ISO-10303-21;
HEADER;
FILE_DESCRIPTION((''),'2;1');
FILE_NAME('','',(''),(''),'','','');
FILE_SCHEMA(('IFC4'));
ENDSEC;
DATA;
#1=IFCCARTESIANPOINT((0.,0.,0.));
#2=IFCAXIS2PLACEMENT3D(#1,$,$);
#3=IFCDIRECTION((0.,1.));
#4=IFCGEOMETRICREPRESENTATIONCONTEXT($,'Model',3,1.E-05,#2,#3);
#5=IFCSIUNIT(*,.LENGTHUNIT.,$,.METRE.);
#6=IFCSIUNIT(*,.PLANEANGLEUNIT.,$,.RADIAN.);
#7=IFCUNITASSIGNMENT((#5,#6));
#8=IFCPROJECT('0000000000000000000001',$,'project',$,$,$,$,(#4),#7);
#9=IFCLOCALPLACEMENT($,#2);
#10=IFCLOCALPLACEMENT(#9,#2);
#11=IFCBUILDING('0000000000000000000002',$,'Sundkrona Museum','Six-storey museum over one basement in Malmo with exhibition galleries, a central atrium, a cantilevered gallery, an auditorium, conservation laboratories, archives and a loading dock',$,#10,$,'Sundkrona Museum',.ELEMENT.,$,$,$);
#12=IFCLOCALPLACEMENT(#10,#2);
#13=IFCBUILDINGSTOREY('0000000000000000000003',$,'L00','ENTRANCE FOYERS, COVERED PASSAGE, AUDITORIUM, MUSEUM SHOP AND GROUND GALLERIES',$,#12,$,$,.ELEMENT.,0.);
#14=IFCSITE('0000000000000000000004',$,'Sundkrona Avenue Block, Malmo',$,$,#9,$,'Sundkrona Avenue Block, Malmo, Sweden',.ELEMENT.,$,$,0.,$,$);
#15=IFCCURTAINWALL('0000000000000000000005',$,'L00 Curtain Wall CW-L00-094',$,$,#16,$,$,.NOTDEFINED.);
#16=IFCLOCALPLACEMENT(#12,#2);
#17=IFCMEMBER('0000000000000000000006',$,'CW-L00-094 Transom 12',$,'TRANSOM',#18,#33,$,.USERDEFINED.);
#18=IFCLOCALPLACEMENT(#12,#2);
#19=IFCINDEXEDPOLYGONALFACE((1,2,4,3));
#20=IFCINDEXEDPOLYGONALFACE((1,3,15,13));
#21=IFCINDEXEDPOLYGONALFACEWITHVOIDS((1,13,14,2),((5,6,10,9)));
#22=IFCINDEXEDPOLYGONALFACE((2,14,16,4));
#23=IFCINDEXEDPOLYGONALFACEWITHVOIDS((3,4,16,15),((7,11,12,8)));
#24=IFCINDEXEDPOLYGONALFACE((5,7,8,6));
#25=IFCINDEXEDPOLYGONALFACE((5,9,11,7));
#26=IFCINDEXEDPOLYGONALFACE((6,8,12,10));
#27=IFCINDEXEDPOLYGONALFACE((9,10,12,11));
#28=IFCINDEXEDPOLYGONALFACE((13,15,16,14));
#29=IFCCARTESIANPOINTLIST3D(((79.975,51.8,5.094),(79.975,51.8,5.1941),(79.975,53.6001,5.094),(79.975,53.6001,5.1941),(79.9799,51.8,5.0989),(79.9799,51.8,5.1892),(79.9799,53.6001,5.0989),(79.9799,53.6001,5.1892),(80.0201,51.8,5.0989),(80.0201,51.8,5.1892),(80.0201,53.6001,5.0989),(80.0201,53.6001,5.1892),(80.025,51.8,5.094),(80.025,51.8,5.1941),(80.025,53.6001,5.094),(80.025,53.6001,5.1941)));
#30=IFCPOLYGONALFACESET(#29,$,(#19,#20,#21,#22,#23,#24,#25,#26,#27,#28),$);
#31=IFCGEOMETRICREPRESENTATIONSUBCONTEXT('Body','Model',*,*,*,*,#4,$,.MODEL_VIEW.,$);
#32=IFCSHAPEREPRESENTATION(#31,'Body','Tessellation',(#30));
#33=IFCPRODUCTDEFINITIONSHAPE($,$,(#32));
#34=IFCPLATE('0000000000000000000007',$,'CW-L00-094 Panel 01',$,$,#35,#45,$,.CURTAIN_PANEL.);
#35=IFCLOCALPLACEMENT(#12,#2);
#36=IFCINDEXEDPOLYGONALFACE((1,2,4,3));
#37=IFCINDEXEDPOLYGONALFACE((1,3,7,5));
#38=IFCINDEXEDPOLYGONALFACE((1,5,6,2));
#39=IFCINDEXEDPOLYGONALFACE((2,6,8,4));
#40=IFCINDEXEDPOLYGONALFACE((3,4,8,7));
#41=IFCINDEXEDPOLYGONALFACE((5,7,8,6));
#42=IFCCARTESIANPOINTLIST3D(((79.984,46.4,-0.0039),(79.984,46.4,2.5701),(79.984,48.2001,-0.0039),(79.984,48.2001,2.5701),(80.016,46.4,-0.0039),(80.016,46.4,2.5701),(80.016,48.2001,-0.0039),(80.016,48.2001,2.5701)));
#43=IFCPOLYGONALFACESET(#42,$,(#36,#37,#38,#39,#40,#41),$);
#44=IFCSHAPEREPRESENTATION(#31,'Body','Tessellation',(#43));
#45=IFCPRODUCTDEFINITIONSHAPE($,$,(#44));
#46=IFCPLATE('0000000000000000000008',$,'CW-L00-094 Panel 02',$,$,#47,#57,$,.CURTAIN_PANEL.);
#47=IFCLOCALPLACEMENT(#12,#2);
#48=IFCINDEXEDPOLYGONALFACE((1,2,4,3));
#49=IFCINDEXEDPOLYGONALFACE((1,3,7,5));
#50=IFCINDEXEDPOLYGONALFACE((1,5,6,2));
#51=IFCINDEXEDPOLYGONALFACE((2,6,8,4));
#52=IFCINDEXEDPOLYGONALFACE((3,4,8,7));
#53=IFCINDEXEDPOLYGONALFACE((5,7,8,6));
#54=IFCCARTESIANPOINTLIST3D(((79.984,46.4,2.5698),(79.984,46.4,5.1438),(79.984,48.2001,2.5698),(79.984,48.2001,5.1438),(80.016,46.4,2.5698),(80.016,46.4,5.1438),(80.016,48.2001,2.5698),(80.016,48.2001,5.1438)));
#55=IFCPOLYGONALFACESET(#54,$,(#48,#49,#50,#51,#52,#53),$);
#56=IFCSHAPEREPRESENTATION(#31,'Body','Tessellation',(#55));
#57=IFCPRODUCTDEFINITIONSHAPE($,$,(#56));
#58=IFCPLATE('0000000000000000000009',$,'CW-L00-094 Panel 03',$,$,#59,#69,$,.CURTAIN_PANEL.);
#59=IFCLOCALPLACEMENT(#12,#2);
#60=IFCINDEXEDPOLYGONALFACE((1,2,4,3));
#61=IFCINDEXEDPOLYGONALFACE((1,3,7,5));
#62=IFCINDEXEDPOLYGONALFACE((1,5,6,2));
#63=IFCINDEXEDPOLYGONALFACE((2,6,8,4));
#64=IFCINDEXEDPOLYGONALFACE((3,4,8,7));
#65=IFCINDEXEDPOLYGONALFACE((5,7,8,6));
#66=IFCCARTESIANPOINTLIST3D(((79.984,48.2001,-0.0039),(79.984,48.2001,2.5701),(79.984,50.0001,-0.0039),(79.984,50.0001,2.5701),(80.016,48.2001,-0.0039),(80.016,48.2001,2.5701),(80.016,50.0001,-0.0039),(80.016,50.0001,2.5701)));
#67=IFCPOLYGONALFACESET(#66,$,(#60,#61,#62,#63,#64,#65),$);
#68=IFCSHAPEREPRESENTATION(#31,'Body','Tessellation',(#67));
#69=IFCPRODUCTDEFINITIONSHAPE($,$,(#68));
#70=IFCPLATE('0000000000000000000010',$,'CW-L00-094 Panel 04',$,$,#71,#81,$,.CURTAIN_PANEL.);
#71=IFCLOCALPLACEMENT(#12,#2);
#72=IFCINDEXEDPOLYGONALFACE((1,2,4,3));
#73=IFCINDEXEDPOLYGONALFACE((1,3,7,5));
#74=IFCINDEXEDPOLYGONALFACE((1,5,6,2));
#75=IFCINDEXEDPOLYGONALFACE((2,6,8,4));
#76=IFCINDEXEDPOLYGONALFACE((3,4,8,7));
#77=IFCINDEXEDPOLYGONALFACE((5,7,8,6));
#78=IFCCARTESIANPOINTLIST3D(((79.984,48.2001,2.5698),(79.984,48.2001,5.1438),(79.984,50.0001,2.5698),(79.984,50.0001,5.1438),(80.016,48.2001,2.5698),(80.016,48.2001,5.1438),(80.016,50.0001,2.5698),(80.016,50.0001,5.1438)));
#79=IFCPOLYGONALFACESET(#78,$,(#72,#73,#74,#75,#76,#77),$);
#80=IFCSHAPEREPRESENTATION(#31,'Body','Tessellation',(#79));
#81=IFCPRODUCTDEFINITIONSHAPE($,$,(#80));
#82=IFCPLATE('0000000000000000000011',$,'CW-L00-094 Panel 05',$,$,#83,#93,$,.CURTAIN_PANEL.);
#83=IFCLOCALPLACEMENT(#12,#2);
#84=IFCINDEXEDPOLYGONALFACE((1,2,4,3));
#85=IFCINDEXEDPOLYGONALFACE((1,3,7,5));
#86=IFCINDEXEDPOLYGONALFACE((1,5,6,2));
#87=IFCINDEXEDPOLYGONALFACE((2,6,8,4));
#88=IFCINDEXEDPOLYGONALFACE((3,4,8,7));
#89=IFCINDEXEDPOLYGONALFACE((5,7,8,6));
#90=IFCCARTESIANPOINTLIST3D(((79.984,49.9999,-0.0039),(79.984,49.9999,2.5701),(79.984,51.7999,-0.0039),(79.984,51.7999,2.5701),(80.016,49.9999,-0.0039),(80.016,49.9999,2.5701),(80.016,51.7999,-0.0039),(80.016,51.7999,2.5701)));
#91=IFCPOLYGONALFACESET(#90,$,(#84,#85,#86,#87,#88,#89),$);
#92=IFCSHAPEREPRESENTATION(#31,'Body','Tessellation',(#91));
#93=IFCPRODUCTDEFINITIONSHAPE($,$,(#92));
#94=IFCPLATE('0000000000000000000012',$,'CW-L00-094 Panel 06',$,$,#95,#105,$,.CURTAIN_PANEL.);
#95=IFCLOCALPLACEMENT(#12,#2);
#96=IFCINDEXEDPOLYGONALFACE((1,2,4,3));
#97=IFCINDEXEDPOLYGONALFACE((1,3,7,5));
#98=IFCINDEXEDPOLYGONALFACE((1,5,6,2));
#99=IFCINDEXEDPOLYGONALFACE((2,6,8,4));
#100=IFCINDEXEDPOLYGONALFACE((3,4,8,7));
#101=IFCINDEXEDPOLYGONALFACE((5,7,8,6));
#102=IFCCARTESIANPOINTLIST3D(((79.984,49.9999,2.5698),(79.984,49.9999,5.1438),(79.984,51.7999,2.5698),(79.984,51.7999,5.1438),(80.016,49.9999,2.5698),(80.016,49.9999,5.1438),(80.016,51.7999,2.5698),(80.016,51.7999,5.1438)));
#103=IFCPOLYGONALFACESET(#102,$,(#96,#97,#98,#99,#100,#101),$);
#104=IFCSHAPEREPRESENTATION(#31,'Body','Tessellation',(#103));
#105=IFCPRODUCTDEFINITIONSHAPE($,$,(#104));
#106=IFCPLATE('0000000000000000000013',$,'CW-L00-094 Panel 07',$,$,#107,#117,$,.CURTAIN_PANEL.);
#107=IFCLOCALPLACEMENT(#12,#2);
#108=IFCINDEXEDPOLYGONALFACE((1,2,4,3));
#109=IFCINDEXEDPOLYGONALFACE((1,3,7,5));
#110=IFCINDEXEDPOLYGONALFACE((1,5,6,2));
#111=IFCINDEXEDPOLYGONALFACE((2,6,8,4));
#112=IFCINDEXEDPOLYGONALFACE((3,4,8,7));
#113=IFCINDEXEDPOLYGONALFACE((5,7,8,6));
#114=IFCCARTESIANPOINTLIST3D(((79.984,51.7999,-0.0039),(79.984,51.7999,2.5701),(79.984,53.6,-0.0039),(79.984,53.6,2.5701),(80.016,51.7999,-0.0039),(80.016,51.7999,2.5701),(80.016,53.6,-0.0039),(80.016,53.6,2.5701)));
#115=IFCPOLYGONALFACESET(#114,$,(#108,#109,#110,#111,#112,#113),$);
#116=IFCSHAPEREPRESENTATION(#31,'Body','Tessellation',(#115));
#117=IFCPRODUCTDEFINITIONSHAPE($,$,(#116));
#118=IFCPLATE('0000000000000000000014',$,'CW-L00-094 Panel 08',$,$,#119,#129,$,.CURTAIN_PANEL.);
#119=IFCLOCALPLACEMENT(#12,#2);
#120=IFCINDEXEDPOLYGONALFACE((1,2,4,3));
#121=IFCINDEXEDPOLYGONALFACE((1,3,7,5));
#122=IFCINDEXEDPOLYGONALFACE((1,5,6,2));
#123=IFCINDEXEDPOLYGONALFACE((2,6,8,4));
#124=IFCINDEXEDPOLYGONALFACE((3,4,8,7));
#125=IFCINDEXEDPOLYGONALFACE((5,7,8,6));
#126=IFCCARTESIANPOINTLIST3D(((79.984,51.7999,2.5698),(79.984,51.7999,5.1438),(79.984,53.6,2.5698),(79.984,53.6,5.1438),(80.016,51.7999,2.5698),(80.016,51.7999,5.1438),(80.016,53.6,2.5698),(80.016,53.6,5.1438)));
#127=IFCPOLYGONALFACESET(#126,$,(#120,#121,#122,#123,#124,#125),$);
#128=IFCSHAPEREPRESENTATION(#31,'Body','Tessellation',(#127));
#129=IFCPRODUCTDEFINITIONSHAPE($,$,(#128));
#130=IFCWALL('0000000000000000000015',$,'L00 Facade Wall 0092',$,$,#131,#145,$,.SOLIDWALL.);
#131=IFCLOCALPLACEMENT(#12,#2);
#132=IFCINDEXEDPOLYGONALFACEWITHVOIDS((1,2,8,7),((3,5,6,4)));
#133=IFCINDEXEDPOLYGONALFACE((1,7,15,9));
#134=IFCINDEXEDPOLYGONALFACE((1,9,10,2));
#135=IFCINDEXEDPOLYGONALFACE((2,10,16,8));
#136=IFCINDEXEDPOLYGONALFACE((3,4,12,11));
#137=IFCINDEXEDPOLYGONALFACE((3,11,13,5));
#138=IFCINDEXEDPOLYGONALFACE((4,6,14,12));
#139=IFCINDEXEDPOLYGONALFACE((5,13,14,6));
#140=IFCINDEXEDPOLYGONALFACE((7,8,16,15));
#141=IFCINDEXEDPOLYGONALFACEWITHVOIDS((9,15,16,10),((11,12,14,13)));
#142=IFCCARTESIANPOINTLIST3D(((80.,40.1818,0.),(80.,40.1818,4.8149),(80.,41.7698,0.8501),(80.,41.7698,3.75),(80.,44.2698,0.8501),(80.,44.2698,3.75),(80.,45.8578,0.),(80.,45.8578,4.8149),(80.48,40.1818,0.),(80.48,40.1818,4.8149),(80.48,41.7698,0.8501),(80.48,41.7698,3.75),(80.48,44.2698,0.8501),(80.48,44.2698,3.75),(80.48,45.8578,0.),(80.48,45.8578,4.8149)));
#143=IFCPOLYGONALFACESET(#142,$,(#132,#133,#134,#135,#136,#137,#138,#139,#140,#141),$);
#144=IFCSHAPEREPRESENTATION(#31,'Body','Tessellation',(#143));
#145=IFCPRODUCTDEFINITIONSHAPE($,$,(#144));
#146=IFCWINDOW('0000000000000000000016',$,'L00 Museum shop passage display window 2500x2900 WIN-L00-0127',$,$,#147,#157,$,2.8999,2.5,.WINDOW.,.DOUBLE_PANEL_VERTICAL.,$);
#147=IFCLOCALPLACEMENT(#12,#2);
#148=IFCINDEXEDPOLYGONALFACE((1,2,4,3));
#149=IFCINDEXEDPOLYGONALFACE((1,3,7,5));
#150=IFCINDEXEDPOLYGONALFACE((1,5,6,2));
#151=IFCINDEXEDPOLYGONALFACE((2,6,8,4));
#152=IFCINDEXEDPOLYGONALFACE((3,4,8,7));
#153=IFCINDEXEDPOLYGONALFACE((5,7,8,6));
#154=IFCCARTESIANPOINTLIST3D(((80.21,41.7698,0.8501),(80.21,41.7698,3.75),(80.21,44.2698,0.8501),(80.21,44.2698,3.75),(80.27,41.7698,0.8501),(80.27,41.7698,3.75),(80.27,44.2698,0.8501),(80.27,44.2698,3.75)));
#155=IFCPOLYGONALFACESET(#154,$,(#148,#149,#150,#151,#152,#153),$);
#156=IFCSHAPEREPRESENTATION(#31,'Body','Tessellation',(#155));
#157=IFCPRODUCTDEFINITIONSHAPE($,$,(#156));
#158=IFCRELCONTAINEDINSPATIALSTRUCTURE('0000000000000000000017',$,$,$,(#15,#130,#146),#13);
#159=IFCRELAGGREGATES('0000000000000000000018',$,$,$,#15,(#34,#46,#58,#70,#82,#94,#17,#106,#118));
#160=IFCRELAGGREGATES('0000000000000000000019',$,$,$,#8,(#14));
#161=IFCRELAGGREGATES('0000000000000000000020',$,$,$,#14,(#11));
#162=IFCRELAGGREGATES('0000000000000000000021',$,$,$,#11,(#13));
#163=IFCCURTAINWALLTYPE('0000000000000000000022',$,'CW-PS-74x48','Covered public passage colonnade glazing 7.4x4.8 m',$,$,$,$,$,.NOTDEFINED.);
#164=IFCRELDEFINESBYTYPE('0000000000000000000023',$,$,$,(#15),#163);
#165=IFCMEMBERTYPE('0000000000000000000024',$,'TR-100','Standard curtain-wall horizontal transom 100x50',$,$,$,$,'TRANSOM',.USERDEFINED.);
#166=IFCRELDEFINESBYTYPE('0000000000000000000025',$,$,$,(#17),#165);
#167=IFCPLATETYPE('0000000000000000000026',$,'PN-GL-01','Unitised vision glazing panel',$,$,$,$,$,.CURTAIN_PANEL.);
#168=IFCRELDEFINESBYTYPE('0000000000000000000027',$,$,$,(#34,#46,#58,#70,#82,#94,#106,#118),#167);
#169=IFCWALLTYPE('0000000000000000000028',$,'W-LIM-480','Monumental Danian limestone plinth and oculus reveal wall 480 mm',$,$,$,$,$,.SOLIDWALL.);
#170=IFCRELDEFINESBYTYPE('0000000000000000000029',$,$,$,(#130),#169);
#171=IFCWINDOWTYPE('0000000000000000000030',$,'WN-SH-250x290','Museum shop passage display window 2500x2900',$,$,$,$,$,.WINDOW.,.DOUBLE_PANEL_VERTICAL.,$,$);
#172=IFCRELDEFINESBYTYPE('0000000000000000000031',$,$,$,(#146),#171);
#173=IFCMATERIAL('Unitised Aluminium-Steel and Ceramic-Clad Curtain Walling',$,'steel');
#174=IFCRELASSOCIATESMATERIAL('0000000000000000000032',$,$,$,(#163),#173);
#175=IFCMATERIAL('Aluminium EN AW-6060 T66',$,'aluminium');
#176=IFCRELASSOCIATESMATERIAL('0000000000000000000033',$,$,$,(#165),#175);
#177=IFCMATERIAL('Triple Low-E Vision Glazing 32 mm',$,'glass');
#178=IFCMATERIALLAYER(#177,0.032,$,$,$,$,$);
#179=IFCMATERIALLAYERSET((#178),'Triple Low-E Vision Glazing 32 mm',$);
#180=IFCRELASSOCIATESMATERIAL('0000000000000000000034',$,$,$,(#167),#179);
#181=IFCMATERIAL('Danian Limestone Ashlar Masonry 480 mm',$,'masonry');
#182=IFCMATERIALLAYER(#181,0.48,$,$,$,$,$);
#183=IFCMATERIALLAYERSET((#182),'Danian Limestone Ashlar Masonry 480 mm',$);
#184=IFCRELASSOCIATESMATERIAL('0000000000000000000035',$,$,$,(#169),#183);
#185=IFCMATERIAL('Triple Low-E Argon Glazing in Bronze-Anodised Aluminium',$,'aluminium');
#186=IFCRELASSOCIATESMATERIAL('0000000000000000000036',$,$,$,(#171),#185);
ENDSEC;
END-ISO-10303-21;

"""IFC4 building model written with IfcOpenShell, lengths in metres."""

from ifc_helpers import new_model, si_unit, direction, frame, frame_2d, origin, origin_2d, place, context, subcontext, project, spatial, rectangle, hollow_rectangle, extrude, material, layer, layer_set, material_profile, profile_set, type_object, element, fill, aggregate, save


model = new_model("IFC4")

# Units and contexts
model_context = context("Model", 3, precision=1e-05, world=origin(), true_north=direction((0.0, 1.0)))
body_context = subcontext(model_context, "Body", "Model", "MODEL_VIEW")
ifc_project = project(units=[si_unit("LENGTHUNIT", "METRE"), si_unit("PLANEANGLEUNIT", "RADIAN")], contexts=[model_context])

# Site, building, storey
site_placement = place(None, origin())
site = spatial("IfcSite", under=ifc_project, at=site_placement, Name="Sundkrona Avenue Block, Malmo", LongName="Sundkrona Avenue Block, Malmo, Sweden", CompositionType="ELEMENT", RefElevation=0.0)
building_placement = place(site_placement, origin())
building = spatial("IfcBuilding", under=site, at=building_placement, Name="Sundkrona Museum", Description="Six-storey museum over one basement in Malmo with exhibition galleries, a central atrium, a cantilevered gallery, an auditorium, conservation laboratories, archives and a loading dock", LongName="Sundkrona Museum", CompositionType="ELEMENT")
storey_placement = place(building_placement, origin())
storey = spatial("IfcBuildingStorey", under=building, at=storey_placement, Name="L00", Description="ENTRANCE FOYERS, COVERED PASSAGE, AUDITORIUM, MUSEUM SHOP AND GROUND GALLERIES", CompositionType="ELEMENT", Elevation=0.0)

# Curtain wall
ifc_material_1 = material(Name="Unitised Aluminium-Steel and Ceramic-Clad Curtain Walling", Category="steel")
curtain_wall_type = type_object("IfcCurtainWallType", Name="CW-PS-74x48", Description="Covered public passage colonnade glazing 7.4x4.8 m", PredefinedType="NOTDEFINED", material=ifc_material_1)
curtain_wall_placement = place(storey_placement, origin())
curtain_wall = element("IfcCurtainWall", 1, at=curtain_wall_placement, inside=storey, type_object=curtain_wall_type, Name="L00 Curtain Wall CW-L00-094", PredefinedType="NOTDEFINED")
ifc_material_2 = material(Name="Aluminium EN AW-6060 T66", Category="aluminium")

# Member
ifc_material_profile_1 = material_profile(ifc_material_2, hollow_rectangle(XDim=0.05, YDim=0.1001, WallThickness=0.0049, at=origin_2d()), Name="RHS 100x50x5.0")
ifc_profile_set_1 = profile_set([ifc_material_profile_1], Name="Aluminium EN AW-6060 T66")
member_type_1 = type_object("IfcMemberType", Name="TR-100", Description="Standard curtain-wall horizontal transom 100x50", ElementType="TRANSOM", PredefinedType="USERDEFINED", material=ifc_profile_set_1)
member_1_placement = place(storey_placement, frame((80.0, 51.8, 5.144), z_axis=(0.0, 1.0, 0.0), x_axis=(-1.0, 0.0, 0.0)))
member_1 = element("IfcMember", 2, at=member_1_placement, type_object=member_type_1, Name="CW-L00-094 Transom 12", ObjectType="TRANSOM", PredefinedType="USERDEFINED", context=body_context, shape_type="SweptSolid", body=[
    extrude(hollow_rectangle(XDim=0.05, YDim=0.1001, WallThickness=0.0049, at=origin_2d()), origin(), (0.0, 0.0, 1.0), 1.8),
])

# Plates
ifc_material_3 = material(Name="Triple Low-E Vision Glazing 32 mm", Category="glass")
ifc_layer_1 = layer(ifc_material_3, 0.032)
ifc_layer_set_1 = layer_set([ifc_layer_1], Name="Triple Low-E Vision Glazing 32 mm")
plate_type = type_object("IfcPlateType", Name="PN-GL-01", Description="Unitised vision glazing panel", PredefinedType="CURTAIN_PANEL", material=ifc_layer_set_1)
plate_1_placement = place(storey_placement, frame((80.0, 47.3, -0.0039), z_axis=(0.0, 0.0, 1.0), x_axis=(0.0, 1.0, 0.0)))
plate_1 = element("IfcPlate", 3, at=plate_1_placement, type_object=plate_type, Name="CW-L00-094 Panel 01", PredefinedType="CURTAIN_PANEL", context=body_context, shape_type="SweptSolid", body=[
    extrude(rectangle(XDim=1.8, YDim=0.032, at=origin_2d()), origin(), (0.0, 0.0, 1.0), 2.574),
])
plate_2_placement = place(storey_placement, frame((80.0, 47.3, 2.5698), z_axis=(0.0, 0.0, 1.0), x_axis=(0.0, 1.0, 0.0)))
plate_2 = element("IfcPlate", 4, at=plate_2_placement, type_object=plate_type, Name="CW-L00-094 Panel 02", PredefinedType="CURTAIN_PANEL", context=body_context, shape_type="SweptSolid", body=[
    extrude(rectangle(XDim=1.8, YDim=0.032, at=origin_2d()), origin(), (0.0, 0.0, 1.0), 2.574),
])
plate_3_placement = place(storey_placement, frame((80.0, 49.1001, -0.0039), z_axis=(0.0, 0.0, 1.0), x_axis=(0.0, 1.0, 0.0)))
plate_3 = element("IfcPlate", 5, at=plate_3_placement, type_object=plate_type, Name="CW-L00-094 Panel 03", PredefinedType="CURTAIN_PANEL", context=body_context, shape_type="SweptSolid", body=[
    extrude(rectangle(XDim=1.8, YDim=0.032, at=origin_2d()), origin(), (0.0, 0.0, 1.0), 2.574),
])
plate_4_placement = place(storey_placement, frame((80.0, 49.1001, 2.5698), z_axis=(0.0, 0.0, 1.0), x_axis=(0.0, 1.0, 0.0)))
plate_4 = element("IfcPlate", 6, at=plate_4_placement, type_object=plate_type, Name="CW-L00-094 Panel 04", PredefinedType="CURTAIN_PANEL", context=body_context, shape_type="SweptSolid", body=[
    extrude(rectangle(XDim=1.8, YDim=0.032, at=origin_2d()), origin(), (0.0, 0.0, 1.0), 2.574),
])
plate_5_placement = place(storey_placement, frame((80.0, 50.8999, -0.0039), z_axis=(0.0, 0.0, 1.0), x_axis=(0.0, 1.0, 0.0)))
plate_5 = element("IfcPlate", 7, at=plate_5_placement, type_object=plate_type, Name="CW-L00-094 Panel 05", PredefinedType="CURTAIN_PANEL", context=body_context, shape_type="SweptSolid", body=[
    extrude(rectangle(XDim=1.8, YDim=0.032, at=origin_2d()), origin(), (0.0, 0.0, 1.0), 2.574),
])
plate_6_placement = place(storey_placement, frame((80.0, 50.8999, 2.5698), z_axis=(0.0, 0.0, 1.0), x_axis=(0.0, 1.0, 0.0)))
plate_6 = element("IfcPlate", 8, at=plate_6_placement, type_object=plate_type, Name="CW-L00-094 Panel 06", PredefinedType="CURTAIN_PANEL", context=body_context, shape_type="SweptSolid", body=[
    extrude(rectangle(XDim=1.8, YDim=0.032, at=origin_2d()), origin(), (0.0, 0.0, 1.0), 2.574),
])
plate_7_placement = place(storey_placement, frame((80.0, 52.7, -0.0039), z_axis=(0.0, 0.0, 1.0), x_axis=(0.0, 1.0, 0.0)))
plate_7 = element("IfcPlate", 9, at=plate_7_placement, type_object=plate_type, Name="CW-L00-094 Panel 07", PredefinedType="CURTAIN_PANEL", context=body_context, shape_type="SweptSolid", body=[
    extrude(rectangle(XDim=1.8, YDim=0.032, at=origin_2d()), origin(), (0.0, 0.0, 1.0), 2.574),
])
plate_8_placement = place(storey_placement, frame((80.0, 52.7, 2.5698), z_axis=(0.0, 0.0, 1.0), x_axis=(0.0, 1.0, 0.0)))
plate_8 = element("IfcPlate", 10, at=plate_8_placement, type_object=plate_type, Name="CW-L00-094 Panel 08", PredefinedType="CURTAIN_PANEL", context=body_context, shape_type="SweptSolid", body=[
    extrude(rectangle(XDim=1.8, YDim=0.032, at=origin_2d()), origin(), (0.0, 0.0, 1.0), 2.574),
])
aggregate(curtain_wall, [plate_1, plate_2, plate_3, plate_4, plate_5, plate_6, member_1, plate_7, plate_8])

# Wall, opening, window
ifc_material_4 = material(Name="Danian Limestone Ashlar Masonry 480 mm", Category="masonry")
ifc_layer_2 = layer(ifc_material_4, 0.48)
ifc_layer_set_2 = layer_set([ifc_layer_2], Name="Danian Limestone Ashlar Masonry 480 mm")
wall_type = type_object("IfcWallType", Name="W-LIM-480", Description="Monumental Danian limestone plinth and oculus reveal wall 480 mm", PredefinedType="SOLIDWALL", material=ifc_layer_set_2)
wall_placement = place(storey_placement, frame((80.24, 40.1819, 0.0), z_axis=(0.0, 0.0, 1.0), x_axis=(0.0, 1.0, 0.0)))
wall = element("IfcWall", 11, at=wall_placement, inside=storey, type_object=wall_type, Name="L00 Facade Wall 0092", PredefinedType="SOLIDWALL", context=body_context, shape_type="SweptSolid", body=[
    extrude(rectangle(XDim=5.676, YDim=0.48, at=frame_2d((2.8379, 0.0))), origin(), (0.0, 0.0, 1.0), 4.8149),
])
opening_placement = place(wall_placement, frame((1.5879, 0.0, 0.8501)))
opening = element("IfcOpeningElement", 12, at=opening_placement, cuts=wall, PredefinedType="OPENING", context=body_context, shape_type="SweptSolid", body=[
    extrude(rectangle(XDim=2.5, YDim=2.8999, at=frame_2d((1.25, 1.45))), frame((0.0, 0.25, 0.0), z_axis=(0.0, -1.0, 0.0), x_axis=(1.0, 0.0, 0.0)), (0.0, 0.0, 1.0), 0.5),
])
ifc_material_5 = material(Name="Triple Low-E Argon Glazing in Bronze-Anodised Aluminium", Category="aluminium")
window_type = type_object("IfcWindowType", Name="WN-SH-250x290", Description="Museum shop passage display window 2500x2900", PartitioningType="DOUBLE_PANEL_VERTICAL", PredefinedType="WINDOW", material=ifc_material_5)
window_placement = place(opening_placement, origin())
window = element("IfcWindow", 13, at=window_placement, inside=storey, type_object=window_type, Name="L00 Museum shop passage display window 2500x2900 WIN-L00-0127", OverallHeight=2.8999, OverallWidth=2.5, PartitioningType="DOUBLE_PANEL_VERTICAL", PredefinedType="WINDOW", context=body_context, shape_type="SweptSolid", body=[
    extrude(rectangle(XDim=2.5, YDim=2.8999, at=frame_2d((1.25, 1.45))), frame((0.0, 0.03, 0.0), z_axis=(0.0, -1.0, 0.0), x_axis=(1.0, 0.0, 0.0)), (0.0, 0.0, 1.0), 0.0601),
])
fill(opening, window)

save(model, "model.ifc")
